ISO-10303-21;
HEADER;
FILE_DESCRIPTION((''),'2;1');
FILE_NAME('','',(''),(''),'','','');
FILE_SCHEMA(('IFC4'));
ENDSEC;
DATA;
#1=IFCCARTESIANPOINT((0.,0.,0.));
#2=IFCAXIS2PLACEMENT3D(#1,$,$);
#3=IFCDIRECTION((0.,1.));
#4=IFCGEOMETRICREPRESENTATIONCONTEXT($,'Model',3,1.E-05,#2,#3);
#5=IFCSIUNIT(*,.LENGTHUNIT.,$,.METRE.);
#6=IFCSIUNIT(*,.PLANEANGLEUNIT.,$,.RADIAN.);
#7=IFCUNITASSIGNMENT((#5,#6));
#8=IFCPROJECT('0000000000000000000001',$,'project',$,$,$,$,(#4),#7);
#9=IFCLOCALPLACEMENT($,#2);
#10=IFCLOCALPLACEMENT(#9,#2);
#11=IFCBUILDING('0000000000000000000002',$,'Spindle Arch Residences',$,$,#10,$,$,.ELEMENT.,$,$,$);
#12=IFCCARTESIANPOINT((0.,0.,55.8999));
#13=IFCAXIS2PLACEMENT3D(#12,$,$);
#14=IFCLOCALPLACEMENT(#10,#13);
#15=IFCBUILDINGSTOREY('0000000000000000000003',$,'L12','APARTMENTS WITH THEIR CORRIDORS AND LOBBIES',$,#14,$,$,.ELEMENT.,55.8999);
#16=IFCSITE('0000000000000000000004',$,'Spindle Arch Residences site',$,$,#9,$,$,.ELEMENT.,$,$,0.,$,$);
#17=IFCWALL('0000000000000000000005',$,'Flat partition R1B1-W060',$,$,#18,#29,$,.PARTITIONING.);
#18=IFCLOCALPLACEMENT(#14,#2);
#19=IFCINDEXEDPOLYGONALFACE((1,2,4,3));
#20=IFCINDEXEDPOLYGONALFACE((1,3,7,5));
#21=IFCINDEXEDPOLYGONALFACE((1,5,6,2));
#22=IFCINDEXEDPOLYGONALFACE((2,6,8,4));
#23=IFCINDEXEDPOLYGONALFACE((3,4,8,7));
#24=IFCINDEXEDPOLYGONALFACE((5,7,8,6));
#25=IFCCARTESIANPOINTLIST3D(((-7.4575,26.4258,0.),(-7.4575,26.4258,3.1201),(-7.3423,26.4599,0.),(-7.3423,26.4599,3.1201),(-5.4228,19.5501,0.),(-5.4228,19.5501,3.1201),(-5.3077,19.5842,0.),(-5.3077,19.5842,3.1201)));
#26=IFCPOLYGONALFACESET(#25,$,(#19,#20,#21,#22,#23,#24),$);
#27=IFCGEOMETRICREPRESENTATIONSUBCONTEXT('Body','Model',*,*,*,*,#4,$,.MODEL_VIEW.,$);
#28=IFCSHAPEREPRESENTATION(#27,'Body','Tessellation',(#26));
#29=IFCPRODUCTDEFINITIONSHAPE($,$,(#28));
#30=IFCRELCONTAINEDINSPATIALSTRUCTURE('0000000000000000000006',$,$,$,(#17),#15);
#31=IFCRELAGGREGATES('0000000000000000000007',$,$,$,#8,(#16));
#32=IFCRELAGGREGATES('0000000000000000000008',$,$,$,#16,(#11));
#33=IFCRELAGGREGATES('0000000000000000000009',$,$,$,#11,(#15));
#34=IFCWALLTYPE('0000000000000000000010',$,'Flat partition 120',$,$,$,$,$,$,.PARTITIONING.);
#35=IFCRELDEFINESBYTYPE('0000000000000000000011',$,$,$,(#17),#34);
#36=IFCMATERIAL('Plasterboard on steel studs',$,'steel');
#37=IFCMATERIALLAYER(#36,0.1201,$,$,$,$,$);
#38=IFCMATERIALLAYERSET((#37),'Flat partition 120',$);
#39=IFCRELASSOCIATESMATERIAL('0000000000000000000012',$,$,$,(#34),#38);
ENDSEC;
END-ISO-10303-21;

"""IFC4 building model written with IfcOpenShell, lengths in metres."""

from ifc_helpers import new_model, si_unit, direction, frame, frame_2d, origin, place, context, subcontext, project, spatial, rectangle, extrude, material, layer, layer_set, type_object, element, save


model = new_model("IFC4")

# Units and contexts
model_context = context("Model", 3, precision=1e-05, world=origin(), true_north=direction((0.0, 1.0)))
body_context = subcontext(model_context, "Body", "Model", "MODEL_VIEW")
ifc_project = project(units=[si_unit("LENGTHUNIT", "METRE"), si_unit("PLANEANGLEUNIT", "RADIAN")], contexts=[model_context])

# Site, building, storey
site_placement = place(None, origin())
site = spatial("IfcSite", under=ifc_project, at=site_placement, Name="Spindle Arch Residences site", CompositionType="ELEMENT", RefElevation=0.0)
building_placement = place(site_placement, origin())
building = spatial("IfcBuilding", under=site, at=building_placement, Name="Spindle Arch Residences", CompositionType="ELEMENT")
storey_placement = place(building_placement, frame((0.0, 0.0, 55.8999)))
storey = spatial("IfcBuildingStorey", under=building, at=storey_placement, Name="L12", Description="APARTMENTS WITH THEIR CORRIDORS AND LOBBIES", CompositionType="ELEMENT", Elevation=55.8999)

# Shared definitions
ifc_material_1 = material(Name="Plasterboard on steel studs", Category="steel")
ifc_layer_1 = layer(ifc_material_1, 0.1201)
ifc_layer_set_1 = layer_set([ifc_layer_1], Name="Flat partition 120")
wall_type_1 = type_object("IfcWallType", Name="Flat partition 120", PredefinedType="PARTITIONING", material=ifc_layer_set_1)

# Wall
wall_1_placement = place(storey_placement, frame((-7.3999, 26.4429, 0.0), z_axis=(0.0, 0.0, 1.0), x_axis=(0.283757, -0.958896, 0.0)))
element("IfcWall", 1, at=wall_1_placement, inside=storey, type_object=wall_type_1, Name="Flat partition R1B1-W060", PredefinedType="PARTITIONING", context=body_context, shape_type="SweptSolid", body=[
    extrude(rectangle(XDim=7.1704, YDim=0.1201, at=frame_2d((3.5852, 0.0))), origin(), (0.0, 0.0, 1.0), 3.1201),
])

save(model, "model.ifc")
